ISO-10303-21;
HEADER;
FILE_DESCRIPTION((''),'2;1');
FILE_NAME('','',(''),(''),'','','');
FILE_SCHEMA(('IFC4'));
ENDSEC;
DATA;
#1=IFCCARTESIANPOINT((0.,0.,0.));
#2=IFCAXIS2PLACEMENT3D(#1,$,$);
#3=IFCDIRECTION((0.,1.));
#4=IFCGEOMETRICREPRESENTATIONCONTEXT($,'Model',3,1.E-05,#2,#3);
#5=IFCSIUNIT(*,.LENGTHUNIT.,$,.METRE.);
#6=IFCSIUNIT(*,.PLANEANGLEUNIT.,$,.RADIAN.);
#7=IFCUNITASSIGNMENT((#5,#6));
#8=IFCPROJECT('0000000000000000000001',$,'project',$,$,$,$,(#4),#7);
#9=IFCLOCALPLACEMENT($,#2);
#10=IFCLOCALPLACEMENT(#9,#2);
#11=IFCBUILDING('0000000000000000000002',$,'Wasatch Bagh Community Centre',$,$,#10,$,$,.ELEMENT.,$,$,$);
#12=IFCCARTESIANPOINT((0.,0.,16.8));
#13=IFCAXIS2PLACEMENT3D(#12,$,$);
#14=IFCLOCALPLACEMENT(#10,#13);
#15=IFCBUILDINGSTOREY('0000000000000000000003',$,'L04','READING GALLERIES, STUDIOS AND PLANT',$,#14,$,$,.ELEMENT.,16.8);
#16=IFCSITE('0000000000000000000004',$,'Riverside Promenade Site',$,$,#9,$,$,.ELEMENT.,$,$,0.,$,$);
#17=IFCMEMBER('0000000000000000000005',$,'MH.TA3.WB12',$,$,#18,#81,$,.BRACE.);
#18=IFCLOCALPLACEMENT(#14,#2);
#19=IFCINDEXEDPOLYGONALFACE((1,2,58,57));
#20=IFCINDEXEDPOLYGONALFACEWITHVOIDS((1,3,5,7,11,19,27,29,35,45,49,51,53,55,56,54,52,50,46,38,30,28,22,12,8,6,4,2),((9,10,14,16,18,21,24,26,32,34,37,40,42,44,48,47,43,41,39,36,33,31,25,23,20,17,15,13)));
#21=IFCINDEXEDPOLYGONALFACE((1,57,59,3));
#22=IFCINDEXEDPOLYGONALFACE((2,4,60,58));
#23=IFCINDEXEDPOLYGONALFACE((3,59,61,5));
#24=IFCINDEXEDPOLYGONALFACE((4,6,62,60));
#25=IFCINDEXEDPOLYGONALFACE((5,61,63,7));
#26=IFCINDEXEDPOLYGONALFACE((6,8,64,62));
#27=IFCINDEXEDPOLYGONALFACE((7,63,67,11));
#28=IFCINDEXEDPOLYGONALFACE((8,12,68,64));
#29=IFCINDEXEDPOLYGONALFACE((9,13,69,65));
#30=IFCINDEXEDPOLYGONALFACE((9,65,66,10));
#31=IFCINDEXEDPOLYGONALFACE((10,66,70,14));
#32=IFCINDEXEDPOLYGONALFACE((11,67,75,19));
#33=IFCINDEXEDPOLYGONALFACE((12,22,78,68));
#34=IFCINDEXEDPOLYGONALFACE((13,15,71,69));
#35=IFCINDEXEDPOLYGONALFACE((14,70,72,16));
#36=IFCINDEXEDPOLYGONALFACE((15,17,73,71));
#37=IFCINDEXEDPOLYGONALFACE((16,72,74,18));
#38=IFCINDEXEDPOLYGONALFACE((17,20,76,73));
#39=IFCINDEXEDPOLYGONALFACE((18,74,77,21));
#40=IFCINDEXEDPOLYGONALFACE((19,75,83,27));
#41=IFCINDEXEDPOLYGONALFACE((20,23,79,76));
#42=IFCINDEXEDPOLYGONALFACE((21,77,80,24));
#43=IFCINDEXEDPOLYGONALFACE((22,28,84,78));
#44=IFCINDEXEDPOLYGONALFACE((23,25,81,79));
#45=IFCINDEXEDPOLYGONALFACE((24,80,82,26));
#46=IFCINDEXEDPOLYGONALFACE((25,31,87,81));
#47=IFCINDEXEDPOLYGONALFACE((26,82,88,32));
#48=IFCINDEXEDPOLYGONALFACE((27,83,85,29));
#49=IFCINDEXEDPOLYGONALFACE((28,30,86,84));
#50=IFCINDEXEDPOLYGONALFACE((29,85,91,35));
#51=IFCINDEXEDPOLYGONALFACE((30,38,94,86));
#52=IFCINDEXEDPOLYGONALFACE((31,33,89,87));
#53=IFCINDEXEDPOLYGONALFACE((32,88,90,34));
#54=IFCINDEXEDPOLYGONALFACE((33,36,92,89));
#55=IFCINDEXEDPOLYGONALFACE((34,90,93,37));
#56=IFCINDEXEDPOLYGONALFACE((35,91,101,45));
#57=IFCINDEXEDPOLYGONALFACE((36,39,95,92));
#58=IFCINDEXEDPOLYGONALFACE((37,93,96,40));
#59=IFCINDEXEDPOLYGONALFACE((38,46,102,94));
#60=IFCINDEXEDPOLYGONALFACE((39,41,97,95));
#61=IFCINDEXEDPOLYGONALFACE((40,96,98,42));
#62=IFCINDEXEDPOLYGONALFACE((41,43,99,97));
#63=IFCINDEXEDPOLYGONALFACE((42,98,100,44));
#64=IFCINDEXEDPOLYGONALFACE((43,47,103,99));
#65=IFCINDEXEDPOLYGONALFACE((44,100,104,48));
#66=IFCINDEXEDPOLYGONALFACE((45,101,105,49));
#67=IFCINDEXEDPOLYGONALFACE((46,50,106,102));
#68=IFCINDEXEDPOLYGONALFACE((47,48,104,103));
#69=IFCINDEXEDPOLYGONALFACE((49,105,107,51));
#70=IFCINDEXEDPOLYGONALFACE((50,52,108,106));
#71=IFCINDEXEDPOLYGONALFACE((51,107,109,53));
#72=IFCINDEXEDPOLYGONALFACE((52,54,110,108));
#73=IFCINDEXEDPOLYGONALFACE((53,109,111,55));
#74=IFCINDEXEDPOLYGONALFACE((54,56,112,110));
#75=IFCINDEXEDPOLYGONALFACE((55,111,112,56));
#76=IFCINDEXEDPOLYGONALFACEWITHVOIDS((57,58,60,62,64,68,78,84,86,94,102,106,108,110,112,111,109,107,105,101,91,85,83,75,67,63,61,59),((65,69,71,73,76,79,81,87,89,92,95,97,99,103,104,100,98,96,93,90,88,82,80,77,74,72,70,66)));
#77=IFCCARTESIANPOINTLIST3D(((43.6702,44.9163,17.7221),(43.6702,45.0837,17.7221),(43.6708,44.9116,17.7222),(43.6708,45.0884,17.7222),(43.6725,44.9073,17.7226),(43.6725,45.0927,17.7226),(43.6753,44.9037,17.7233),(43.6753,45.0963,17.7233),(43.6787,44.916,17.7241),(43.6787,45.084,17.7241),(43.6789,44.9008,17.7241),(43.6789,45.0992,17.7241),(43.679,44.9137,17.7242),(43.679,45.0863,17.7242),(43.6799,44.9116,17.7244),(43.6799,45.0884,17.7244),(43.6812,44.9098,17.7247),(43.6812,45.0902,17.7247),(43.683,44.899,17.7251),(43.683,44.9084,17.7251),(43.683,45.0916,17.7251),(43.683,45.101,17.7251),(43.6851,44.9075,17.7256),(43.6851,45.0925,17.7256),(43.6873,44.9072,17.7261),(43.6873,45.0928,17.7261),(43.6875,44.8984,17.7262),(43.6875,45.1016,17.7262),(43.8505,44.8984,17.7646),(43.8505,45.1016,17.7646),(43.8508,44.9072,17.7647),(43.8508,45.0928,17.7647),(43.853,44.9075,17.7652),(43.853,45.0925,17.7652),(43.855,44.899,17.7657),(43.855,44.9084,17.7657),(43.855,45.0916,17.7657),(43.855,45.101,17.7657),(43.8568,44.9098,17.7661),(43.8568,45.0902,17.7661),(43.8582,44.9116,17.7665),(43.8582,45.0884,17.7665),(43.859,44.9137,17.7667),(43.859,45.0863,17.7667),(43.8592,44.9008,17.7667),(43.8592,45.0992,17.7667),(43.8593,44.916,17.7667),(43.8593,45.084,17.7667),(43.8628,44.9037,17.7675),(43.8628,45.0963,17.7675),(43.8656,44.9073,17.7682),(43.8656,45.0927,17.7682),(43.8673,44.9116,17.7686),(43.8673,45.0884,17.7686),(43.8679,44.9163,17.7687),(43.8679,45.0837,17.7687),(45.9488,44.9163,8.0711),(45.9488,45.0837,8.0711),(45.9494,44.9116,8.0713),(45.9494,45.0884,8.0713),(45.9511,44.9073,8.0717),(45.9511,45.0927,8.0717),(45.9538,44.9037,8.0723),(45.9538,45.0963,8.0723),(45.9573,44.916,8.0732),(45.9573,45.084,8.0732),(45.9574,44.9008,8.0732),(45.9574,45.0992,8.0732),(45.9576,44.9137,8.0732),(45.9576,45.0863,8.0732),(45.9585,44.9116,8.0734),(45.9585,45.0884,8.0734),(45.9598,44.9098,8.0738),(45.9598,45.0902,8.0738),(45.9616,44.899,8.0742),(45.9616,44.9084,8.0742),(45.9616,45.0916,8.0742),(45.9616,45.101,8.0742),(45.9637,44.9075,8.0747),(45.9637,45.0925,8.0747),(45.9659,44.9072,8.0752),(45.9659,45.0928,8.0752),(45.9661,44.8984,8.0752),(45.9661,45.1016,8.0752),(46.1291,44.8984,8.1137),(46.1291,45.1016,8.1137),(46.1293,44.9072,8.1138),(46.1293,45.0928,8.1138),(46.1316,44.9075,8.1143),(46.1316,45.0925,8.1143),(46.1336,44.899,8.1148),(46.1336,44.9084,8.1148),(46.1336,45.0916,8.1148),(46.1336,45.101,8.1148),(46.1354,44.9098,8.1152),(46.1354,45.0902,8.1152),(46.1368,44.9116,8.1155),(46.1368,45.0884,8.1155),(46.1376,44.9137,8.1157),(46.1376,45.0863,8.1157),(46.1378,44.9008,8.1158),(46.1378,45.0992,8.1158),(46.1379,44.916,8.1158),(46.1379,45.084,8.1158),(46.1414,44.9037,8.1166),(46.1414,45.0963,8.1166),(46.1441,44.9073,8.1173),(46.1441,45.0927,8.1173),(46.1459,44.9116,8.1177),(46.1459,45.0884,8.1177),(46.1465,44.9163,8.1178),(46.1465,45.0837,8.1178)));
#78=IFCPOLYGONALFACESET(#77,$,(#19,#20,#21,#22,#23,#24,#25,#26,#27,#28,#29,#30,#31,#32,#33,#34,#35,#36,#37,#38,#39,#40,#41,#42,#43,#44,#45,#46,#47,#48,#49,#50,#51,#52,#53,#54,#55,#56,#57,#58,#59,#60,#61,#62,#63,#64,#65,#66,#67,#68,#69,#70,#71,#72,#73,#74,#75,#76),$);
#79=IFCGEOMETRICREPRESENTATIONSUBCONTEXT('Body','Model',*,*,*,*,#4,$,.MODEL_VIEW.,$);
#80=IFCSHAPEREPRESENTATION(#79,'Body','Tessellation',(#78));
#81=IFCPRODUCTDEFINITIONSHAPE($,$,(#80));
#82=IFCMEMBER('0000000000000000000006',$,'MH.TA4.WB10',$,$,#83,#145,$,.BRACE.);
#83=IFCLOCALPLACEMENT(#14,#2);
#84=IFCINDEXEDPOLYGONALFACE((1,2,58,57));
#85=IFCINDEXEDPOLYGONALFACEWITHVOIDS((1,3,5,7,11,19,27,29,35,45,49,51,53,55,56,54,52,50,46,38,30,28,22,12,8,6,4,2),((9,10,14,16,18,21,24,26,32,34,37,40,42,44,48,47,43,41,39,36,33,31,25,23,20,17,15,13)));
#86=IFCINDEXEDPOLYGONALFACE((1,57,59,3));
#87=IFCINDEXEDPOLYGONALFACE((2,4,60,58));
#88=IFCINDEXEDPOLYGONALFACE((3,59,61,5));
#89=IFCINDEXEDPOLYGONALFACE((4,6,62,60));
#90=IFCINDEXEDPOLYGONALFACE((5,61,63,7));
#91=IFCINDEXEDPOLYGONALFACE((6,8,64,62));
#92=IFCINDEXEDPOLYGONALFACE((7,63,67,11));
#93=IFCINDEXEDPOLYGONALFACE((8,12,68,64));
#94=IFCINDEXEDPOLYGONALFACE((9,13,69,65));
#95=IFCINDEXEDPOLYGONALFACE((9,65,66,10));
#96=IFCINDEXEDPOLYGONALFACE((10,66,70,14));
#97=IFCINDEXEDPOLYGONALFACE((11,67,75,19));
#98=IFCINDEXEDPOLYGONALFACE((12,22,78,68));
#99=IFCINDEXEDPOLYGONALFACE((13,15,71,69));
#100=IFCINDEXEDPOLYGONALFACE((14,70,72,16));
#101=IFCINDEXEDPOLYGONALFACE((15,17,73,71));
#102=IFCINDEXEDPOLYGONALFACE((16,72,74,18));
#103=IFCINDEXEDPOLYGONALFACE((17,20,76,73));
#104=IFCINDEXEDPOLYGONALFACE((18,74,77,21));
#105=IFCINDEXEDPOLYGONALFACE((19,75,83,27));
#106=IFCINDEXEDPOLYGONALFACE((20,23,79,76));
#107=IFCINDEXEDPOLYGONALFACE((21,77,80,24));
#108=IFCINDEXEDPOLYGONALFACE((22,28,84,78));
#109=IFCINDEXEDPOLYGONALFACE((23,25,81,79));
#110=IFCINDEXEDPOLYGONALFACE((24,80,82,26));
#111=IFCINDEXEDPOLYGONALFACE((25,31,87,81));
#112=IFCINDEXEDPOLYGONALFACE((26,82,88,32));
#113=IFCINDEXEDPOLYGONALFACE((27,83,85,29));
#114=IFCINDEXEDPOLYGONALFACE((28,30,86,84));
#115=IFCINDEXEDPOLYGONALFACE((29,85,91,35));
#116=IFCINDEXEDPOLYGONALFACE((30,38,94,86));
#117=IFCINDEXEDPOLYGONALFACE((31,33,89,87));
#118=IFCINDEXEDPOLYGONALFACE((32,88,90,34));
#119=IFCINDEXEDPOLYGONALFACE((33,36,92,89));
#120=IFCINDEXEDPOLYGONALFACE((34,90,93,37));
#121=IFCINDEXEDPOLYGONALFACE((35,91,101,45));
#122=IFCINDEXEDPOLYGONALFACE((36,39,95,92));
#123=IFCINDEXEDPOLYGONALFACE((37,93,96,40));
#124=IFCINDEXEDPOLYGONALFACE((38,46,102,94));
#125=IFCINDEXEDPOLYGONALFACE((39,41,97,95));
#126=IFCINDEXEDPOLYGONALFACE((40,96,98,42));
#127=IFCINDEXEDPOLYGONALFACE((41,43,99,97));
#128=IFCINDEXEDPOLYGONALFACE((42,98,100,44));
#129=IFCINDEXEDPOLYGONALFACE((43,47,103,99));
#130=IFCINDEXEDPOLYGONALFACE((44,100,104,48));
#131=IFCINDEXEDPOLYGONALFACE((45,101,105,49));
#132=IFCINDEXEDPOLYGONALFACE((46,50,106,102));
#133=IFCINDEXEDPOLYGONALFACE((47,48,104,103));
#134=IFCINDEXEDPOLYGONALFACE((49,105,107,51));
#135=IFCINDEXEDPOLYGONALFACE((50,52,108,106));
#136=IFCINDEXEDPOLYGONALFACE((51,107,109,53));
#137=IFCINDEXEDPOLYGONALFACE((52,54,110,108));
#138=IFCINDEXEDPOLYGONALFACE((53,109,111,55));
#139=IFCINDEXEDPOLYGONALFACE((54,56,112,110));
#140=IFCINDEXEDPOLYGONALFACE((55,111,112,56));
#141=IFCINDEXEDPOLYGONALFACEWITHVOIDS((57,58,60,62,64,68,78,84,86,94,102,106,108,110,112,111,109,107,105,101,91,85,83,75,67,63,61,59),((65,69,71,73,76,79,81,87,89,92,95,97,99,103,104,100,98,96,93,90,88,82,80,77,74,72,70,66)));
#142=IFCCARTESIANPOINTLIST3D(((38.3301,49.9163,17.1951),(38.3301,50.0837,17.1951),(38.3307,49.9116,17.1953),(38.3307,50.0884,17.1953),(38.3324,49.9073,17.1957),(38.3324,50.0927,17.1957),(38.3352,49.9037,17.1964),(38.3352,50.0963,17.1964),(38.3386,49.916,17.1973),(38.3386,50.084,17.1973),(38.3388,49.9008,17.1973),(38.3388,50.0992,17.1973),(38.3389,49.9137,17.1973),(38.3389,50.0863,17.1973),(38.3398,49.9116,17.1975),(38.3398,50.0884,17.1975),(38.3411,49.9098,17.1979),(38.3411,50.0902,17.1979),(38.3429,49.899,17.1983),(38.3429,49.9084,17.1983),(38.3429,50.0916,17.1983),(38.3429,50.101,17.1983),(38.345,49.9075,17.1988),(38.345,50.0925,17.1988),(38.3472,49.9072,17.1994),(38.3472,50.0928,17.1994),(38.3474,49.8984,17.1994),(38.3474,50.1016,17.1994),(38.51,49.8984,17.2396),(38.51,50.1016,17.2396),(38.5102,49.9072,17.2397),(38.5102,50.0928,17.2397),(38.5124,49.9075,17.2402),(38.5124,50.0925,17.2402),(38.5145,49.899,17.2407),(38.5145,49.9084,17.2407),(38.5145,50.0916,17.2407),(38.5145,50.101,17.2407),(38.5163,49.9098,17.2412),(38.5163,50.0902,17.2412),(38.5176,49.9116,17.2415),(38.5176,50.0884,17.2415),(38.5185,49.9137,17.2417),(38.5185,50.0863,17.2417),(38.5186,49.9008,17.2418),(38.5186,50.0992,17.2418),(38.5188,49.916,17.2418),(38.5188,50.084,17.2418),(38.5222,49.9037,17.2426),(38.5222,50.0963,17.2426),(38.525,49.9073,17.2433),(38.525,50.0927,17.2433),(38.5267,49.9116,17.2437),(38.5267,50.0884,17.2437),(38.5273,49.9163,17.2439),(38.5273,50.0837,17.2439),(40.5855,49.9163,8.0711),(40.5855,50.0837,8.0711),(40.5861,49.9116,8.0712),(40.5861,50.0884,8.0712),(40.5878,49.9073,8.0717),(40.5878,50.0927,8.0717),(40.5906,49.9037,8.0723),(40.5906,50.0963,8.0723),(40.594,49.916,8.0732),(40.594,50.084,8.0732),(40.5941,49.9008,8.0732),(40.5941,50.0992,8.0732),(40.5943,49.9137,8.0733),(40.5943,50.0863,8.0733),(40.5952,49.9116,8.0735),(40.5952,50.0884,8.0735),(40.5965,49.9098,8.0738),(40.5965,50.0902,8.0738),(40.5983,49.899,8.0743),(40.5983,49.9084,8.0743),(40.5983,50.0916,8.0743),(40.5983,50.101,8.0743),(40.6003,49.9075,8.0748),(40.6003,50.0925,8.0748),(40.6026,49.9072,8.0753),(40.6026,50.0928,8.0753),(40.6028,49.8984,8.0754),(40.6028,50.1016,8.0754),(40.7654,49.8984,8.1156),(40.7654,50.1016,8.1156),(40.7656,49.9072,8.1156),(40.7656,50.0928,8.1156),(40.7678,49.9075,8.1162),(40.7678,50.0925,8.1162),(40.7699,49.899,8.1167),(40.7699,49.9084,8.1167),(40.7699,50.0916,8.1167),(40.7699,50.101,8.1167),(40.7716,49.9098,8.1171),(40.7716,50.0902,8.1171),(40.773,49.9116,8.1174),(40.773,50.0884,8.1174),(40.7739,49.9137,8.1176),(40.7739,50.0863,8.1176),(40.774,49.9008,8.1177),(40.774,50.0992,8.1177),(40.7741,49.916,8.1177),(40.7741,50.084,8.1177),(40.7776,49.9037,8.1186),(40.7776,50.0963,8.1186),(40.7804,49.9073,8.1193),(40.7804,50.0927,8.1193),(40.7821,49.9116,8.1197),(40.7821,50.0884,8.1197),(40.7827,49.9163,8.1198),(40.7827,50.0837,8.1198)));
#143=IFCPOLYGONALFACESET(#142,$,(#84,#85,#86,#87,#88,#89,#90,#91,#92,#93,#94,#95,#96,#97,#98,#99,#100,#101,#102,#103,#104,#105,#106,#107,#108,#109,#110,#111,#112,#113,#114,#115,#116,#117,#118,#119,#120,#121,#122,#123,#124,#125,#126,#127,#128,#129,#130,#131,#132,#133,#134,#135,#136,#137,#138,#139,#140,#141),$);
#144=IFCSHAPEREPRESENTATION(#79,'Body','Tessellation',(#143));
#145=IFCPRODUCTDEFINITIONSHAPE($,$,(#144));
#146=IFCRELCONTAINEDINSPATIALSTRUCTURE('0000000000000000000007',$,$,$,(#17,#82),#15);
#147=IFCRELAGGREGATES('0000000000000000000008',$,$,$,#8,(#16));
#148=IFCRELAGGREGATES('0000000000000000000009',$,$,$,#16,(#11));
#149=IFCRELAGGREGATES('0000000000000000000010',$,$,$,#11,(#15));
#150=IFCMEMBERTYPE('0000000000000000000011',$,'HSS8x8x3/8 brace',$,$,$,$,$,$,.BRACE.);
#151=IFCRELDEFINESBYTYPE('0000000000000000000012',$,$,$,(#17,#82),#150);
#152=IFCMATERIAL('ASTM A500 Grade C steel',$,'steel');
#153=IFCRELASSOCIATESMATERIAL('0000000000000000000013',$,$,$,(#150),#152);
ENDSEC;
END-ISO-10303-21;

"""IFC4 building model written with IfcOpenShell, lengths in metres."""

from ifc_helpers import new_model, si_unit, direction, frame, origin, origin_2d, place, context, subcontext, project, spatial, hollow_rectangle, extrude, material, material_profile, profile_set, type_object, element, save


model = new_model("IFC4")

# Units and contexts
model_context = context("Model", 3, precision=1e-05, world=origin(), true_north=direction((0.0, 1.0)))
body_context = subcontext(model_context, "Body", "Model", "MODEL_VIEW")
ifc_project = project(units=[si_unit("LENGTHUNIT", "METRE"), si_unit("PLANEANGLEUNIT", "RADIAN")], contexts=[model_context])

# Site, building, storey
site_placement = place(None, origin())
site = spatial("IfcSite", under=ifc_project, at=site_placement, Name="Riverside Promenade Site", CompositionType="ELEMENT", RefElevation=0.0)
building_placement = place(site_placement, origin())
building = spatial("IfcBuilding", under=site, at=building_placement, Name="Wasatch Bagh Community Centre", CompositionType="ELEMENT")
storey_placement = place(building_placement, frame((0.0, 0.0, 16.8)))
storey = spatial("IfcBuildingStorey", under=building, at=storey_placement, Name="L04", Description="READING GALLERIES, STUDIOS AND PLANT", CompositionType="ELEMENT", Elevation=16.8)

# Members
ifc_material_1 = material(Name="ASTM A500 Grade C steel", Category="steel")
ifc_material_profile_1 = material_profile(ifc_material_1, hollow_rectangle(XDim=0.2031, YDim=0.2031, WallThickness=0.0088, InnerFilletRadius=0.0088, OuterFilletRadius=0.0178, at=origin_2d()), Name="HSS8x8x3/8")
ifc_profile_set_1 = profile_set([ifc_material_profile_1], Name="ASTM A500 Grade C steel")
member_type_1 = type_object("IfcMemberType", Name="HSS8x8x3/8 brace", PredefinedType="BRACE", material=ifc_profile_set_1)
member_1_placement = place(storey_placement, frame((46.0476, 45.0, 8.0945), z_axis=(-0.229782, 0.0, 0.973242), x_axis=(0.0, -1.0, 0.0)))
element("IfcMember", 1, at=member_1_placement, inside=storey, type_object=member_type_1, Name="MH.TA3.WB12", PredefinedType="BRACE", context=body_context, shape_type="SweptSolid", body=[
    extrude(hollow_rectangle(XDim=0.2031, YDim=0.2031, WallThickness=0.0088, InnerFilletRadius=0.0088, OuterFilletRadius=0.0178, at=origin_2d()), origin(), (0.0, 0.0, 1.0), 9.9163),
])
member_2_placement = place(storey_placement, frame((40.6841, 50.0, 8.0955), z_axis=(-0.239968, 0.0, 0.970781), x_axis=(0.0, -1.0, 0.0)))
element("IfcMember", 2, at=member_2_placement, inside=storey, type_object=member_type_1, Name="MH.TA4.WB10", PredefinedType="BRACE", context=body_context, shape_type="SweptSolid", body=[
    extrude(hollow_rectangle(XDim=0.2031, YDim=0.2031, WallThickness=0.0088, InnerFilletRadius=0.0088, OuterFilletRadius=0.0178, at=origin_2d()), origin(), (0.0, 0.0, 1.0), 9.3987),
])

save(model, "model.ifc")
